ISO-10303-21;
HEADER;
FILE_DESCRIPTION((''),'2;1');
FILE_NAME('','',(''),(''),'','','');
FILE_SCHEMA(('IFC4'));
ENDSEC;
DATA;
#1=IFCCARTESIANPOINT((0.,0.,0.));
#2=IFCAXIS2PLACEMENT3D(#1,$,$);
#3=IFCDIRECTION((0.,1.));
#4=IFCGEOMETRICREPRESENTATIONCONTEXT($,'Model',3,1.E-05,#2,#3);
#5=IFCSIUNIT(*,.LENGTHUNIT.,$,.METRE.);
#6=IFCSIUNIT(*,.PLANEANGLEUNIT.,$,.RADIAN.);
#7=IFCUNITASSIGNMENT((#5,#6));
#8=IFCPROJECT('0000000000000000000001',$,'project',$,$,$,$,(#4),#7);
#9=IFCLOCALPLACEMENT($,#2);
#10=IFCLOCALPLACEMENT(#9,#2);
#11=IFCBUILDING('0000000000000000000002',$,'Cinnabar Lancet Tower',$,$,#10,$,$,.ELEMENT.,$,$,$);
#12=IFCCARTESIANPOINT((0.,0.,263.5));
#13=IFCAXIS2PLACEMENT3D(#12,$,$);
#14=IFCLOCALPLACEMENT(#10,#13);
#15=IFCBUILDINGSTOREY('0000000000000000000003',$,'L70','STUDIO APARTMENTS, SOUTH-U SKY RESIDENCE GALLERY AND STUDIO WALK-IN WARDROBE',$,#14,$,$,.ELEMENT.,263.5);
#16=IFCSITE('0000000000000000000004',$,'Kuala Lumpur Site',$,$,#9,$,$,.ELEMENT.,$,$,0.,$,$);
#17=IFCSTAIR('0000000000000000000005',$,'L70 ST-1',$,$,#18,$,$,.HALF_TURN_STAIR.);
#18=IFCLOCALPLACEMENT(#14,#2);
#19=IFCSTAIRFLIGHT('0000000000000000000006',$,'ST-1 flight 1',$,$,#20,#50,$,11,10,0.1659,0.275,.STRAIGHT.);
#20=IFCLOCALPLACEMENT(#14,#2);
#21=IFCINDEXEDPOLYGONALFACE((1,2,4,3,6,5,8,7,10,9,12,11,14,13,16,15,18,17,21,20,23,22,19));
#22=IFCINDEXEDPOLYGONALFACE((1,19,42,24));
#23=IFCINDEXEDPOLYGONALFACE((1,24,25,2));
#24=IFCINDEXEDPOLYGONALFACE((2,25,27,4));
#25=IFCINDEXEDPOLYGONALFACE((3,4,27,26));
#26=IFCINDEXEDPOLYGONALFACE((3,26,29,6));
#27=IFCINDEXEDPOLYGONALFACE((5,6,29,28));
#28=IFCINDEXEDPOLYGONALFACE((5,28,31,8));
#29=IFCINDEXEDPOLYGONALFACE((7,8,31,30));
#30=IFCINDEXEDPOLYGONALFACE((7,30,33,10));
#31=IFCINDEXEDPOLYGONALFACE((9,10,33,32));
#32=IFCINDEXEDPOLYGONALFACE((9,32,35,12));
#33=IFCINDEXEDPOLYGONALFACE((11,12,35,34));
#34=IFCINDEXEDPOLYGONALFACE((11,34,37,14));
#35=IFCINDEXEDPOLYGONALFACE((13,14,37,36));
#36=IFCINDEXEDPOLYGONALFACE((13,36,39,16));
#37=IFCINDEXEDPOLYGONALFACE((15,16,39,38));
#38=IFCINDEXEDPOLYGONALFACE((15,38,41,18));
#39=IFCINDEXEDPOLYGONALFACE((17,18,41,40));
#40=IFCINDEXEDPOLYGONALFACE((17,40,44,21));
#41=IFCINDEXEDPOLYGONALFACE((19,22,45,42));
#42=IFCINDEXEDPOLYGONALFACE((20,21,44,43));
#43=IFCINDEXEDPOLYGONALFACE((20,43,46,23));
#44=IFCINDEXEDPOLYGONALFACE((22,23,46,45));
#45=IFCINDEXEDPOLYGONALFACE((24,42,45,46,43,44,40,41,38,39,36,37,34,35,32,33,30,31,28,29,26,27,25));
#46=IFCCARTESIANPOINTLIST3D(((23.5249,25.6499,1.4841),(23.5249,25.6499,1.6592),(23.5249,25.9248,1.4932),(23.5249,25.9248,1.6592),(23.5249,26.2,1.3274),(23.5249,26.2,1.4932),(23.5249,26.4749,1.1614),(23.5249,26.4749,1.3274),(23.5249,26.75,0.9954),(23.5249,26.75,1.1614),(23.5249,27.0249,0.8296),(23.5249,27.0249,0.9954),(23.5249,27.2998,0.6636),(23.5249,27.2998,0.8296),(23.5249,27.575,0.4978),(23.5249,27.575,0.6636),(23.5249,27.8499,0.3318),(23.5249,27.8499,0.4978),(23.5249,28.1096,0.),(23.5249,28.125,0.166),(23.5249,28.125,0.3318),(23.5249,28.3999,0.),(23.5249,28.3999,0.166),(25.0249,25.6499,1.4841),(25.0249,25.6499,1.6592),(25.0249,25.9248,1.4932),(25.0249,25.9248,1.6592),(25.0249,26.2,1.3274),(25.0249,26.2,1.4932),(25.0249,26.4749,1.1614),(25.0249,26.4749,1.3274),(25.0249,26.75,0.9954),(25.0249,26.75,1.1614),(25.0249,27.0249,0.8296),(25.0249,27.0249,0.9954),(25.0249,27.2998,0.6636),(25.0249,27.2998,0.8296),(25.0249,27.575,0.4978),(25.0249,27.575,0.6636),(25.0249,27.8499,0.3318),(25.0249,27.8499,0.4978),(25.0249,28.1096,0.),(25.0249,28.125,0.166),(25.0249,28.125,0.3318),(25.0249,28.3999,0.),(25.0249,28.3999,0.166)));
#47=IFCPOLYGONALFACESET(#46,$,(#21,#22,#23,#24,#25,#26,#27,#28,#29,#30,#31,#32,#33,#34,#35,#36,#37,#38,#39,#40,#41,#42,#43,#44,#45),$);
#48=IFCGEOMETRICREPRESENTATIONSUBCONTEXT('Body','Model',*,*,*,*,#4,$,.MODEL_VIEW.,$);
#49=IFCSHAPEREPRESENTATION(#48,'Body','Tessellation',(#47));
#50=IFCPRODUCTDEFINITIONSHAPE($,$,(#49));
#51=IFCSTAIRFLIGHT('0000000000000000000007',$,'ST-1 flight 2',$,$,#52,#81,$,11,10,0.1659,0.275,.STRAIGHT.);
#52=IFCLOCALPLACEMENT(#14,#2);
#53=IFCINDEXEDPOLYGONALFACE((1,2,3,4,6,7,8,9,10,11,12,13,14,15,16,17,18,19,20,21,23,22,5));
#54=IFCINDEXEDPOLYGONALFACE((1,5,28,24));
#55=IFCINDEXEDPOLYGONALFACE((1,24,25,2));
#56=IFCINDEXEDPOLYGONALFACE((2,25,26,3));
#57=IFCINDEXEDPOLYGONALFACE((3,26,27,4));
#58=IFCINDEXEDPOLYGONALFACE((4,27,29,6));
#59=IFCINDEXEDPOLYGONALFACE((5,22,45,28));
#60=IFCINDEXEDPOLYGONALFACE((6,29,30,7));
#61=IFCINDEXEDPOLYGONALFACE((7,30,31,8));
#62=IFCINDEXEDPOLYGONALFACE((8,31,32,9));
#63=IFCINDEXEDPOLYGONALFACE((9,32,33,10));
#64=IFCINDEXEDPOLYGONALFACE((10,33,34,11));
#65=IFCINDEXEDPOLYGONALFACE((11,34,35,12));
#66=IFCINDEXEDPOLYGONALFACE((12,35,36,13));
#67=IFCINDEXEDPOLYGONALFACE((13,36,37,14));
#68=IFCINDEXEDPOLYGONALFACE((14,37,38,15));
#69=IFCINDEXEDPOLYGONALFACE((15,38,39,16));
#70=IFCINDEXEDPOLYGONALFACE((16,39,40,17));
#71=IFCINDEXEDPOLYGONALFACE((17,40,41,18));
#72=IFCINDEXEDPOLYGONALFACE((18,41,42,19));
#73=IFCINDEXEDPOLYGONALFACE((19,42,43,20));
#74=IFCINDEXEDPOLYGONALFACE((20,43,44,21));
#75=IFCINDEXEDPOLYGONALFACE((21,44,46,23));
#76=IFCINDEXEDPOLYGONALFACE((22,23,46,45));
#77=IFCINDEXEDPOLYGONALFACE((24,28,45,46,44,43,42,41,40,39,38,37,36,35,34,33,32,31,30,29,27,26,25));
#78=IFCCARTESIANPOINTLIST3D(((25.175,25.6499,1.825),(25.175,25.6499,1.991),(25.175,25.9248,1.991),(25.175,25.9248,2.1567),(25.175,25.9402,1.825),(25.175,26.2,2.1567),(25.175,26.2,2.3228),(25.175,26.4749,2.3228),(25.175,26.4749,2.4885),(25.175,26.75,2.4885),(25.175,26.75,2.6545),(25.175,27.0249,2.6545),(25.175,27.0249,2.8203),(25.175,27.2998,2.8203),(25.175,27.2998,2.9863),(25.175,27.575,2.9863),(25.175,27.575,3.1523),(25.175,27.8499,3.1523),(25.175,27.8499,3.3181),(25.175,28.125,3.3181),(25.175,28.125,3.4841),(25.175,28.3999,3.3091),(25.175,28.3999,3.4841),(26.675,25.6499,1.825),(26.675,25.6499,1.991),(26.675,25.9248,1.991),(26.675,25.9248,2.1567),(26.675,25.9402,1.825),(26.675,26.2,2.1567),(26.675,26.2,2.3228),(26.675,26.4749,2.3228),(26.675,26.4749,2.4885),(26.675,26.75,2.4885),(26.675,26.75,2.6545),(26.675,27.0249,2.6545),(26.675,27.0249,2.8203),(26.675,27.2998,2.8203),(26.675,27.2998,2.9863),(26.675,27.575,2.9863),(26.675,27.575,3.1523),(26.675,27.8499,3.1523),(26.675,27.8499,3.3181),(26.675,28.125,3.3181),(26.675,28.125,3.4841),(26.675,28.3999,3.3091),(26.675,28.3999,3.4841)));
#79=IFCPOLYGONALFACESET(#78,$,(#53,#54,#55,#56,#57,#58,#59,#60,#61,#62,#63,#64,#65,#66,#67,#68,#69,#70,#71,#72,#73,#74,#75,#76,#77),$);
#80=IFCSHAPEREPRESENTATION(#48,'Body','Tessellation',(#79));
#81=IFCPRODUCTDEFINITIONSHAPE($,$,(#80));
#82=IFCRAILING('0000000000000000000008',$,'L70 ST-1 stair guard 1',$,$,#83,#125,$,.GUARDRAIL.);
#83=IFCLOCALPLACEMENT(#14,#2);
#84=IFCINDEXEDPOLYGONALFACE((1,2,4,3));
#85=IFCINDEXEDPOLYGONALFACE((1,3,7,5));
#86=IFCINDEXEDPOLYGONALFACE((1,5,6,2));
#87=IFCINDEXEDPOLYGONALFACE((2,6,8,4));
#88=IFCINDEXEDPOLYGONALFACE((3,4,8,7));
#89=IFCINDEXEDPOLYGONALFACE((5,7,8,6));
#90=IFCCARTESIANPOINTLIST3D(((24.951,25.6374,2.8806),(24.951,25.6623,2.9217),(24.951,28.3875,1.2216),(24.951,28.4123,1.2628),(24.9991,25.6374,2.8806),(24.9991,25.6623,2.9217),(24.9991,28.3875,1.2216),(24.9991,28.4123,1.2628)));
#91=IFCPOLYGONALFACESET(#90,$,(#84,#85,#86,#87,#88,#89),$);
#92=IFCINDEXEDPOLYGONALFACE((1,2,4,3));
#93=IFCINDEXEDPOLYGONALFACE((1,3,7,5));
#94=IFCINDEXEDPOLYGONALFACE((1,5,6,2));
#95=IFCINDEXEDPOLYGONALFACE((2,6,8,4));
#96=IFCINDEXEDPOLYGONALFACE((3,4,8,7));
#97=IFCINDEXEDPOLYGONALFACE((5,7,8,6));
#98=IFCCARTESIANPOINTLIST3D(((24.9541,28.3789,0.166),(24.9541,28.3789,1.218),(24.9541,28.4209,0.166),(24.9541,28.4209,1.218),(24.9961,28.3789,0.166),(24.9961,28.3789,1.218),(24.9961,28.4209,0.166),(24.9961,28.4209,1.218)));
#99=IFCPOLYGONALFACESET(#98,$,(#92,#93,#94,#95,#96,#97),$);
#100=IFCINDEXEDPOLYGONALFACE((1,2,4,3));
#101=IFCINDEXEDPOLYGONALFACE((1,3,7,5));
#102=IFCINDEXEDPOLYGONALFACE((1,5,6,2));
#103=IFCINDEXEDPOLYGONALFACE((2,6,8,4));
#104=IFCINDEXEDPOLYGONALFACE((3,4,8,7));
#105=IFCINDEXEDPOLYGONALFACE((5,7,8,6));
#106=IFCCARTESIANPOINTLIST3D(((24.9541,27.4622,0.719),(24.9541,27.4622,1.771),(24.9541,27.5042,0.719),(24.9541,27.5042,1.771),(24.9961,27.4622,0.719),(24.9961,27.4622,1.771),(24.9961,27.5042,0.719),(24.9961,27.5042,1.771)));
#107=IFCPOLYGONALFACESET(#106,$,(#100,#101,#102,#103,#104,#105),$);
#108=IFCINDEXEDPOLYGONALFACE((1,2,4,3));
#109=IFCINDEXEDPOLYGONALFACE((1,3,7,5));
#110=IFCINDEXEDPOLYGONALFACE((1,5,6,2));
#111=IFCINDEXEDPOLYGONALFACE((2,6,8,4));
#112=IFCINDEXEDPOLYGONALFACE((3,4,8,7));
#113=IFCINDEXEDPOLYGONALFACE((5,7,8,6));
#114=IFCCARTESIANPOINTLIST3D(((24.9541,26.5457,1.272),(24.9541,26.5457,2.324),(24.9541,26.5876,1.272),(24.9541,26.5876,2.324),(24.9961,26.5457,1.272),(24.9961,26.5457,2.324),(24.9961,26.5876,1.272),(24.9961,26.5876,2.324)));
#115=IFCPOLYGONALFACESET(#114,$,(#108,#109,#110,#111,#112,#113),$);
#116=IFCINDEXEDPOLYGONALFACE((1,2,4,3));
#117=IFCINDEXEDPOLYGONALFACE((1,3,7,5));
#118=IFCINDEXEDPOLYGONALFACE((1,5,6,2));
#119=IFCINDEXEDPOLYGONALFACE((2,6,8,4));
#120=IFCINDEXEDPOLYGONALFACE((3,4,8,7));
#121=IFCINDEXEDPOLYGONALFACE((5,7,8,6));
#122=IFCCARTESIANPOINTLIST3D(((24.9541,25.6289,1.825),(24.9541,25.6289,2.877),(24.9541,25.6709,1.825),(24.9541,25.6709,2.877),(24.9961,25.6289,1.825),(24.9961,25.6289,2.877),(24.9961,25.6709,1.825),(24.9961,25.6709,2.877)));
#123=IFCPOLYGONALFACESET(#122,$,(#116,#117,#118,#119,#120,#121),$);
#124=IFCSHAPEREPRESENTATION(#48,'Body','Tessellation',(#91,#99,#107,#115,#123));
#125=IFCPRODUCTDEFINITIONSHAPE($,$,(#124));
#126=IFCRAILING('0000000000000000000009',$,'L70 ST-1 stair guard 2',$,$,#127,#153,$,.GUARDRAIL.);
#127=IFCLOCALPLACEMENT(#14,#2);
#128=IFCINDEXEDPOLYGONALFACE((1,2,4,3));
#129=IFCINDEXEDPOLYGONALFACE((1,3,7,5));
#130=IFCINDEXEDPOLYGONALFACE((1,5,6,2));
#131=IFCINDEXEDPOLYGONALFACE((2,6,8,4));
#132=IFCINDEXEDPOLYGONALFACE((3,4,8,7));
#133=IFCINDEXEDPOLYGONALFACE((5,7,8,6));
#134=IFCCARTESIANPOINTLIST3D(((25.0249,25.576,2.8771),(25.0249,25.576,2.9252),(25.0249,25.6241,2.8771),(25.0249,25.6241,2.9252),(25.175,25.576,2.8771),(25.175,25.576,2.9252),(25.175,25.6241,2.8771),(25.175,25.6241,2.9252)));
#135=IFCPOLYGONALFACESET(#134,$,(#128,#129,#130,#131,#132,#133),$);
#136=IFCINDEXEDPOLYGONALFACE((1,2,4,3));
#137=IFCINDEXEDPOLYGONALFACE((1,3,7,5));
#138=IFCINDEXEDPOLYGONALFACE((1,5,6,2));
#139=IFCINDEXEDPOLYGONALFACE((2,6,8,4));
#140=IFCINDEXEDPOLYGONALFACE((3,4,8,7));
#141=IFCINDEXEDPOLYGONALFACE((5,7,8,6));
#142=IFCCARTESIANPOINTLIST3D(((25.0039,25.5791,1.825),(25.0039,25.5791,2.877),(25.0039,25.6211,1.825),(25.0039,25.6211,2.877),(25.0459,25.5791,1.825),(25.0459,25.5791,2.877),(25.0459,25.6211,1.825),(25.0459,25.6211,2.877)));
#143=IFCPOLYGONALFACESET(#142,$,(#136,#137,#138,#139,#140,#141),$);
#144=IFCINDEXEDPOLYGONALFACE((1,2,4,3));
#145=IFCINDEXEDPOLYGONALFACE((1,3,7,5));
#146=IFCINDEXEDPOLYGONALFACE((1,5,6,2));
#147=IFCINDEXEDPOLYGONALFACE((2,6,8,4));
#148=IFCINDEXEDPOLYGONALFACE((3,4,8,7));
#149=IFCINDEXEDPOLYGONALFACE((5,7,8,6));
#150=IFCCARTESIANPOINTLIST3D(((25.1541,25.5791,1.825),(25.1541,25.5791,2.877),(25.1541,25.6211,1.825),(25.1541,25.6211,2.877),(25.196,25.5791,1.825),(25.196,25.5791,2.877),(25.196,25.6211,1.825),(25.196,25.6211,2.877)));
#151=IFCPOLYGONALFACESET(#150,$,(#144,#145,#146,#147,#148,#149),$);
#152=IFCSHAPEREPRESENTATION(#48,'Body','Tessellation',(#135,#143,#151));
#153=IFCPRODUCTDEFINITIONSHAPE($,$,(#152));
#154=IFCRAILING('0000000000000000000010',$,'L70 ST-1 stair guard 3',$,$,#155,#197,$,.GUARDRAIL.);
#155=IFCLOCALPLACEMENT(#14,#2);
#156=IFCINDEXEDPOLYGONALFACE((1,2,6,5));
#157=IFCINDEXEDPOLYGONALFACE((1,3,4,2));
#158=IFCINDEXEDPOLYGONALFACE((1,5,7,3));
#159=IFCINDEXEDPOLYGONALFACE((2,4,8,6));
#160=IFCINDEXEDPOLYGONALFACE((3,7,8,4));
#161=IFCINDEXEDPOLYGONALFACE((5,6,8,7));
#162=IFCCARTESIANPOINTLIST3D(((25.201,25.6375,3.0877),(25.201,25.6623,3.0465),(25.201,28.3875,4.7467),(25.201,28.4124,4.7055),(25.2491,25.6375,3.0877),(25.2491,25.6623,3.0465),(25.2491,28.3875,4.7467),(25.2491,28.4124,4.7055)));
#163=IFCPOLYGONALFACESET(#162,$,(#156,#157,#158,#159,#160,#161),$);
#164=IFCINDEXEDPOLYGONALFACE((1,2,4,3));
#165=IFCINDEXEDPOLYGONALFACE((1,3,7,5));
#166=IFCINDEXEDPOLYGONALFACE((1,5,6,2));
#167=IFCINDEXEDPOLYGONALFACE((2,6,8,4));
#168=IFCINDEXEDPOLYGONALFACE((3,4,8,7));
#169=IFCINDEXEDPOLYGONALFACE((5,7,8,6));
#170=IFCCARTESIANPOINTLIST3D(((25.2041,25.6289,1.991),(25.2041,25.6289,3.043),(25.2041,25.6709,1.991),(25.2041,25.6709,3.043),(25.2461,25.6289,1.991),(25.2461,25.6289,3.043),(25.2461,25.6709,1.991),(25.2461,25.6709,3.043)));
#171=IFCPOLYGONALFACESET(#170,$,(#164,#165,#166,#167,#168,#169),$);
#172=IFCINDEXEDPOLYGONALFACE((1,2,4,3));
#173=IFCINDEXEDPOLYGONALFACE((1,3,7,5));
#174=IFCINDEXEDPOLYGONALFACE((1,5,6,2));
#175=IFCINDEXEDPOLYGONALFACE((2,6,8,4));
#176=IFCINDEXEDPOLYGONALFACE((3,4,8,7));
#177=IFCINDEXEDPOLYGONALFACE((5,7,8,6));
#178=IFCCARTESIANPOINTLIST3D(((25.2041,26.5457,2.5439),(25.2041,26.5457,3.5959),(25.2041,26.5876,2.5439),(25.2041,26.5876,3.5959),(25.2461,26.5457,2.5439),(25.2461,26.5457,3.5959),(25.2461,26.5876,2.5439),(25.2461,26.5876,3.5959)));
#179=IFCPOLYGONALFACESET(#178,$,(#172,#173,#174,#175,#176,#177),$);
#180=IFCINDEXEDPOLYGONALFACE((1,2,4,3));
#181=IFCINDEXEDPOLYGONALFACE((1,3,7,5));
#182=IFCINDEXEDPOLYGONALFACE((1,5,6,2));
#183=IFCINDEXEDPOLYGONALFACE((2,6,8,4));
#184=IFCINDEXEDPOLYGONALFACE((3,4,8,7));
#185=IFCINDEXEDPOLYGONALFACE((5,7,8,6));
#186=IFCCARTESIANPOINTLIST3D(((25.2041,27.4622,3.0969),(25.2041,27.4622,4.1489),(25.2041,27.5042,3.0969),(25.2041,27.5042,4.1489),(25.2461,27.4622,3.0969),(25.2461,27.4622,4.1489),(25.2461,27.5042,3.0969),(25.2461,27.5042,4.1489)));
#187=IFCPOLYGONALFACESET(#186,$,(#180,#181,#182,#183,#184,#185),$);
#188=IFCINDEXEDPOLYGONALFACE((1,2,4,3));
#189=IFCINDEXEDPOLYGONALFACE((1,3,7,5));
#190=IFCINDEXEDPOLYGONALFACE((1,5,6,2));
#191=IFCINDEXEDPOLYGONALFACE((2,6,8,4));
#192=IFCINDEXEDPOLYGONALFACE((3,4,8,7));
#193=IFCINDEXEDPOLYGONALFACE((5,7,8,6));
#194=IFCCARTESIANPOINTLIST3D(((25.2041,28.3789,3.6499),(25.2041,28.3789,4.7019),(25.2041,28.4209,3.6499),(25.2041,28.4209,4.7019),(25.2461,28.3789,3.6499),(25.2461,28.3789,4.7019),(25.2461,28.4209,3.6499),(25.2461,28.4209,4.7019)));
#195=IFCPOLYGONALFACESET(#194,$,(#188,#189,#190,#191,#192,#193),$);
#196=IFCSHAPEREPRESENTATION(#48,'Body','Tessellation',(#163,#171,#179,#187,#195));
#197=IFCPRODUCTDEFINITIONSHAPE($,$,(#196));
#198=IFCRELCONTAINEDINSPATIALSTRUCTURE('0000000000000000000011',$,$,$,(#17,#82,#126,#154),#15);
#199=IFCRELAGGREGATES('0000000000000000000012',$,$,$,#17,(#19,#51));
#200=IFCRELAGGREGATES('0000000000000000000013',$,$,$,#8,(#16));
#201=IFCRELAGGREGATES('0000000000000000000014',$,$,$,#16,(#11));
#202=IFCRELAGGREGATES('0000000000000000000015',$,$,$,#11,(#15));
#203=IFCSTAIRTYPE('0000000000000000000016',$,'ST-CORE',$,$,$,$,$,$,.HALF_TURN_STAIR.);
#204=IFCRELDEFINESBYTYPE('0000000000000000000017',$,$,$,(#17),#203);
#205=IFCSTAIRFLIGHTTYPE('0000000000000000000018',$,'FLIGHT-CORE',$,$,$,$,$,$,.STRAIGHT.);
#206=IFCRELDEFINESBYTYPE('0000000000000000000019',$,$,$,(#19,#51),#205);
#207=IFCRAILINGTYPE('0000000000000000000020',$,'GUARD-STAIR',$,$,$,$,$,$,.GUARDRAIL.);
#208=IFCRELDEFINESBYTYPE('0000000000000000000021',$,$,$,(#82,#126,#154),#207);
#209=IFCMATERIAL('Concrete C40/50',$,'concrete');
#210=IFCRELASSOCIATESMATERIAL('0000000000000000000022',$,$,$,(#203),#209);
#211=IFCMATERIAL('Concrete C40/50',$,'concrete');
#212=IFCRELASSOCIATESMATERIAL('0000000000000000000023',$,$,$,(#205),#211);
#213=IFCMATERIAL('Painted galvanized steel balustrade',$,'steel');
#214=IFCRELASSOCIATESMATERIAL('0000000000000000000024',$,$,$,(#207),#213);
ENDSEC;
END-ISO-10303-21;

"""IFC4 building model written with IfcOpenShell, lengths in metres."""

from ifc_helpers import new_model, si_unit, direction, frame, origin, origin_2d, place, context, subcontext, project, spatial, polyline, rectangle, outline, extrude, material, type_object, element, aggregate, save


model = new_model("IFC4")

# Units and contexts
model_context = context("Model", 3, precision=1e-05, world=origin(), true_north=direction((0.0, 1.0)))
body_context = subcontext(model_context, "Body", "Model", "MODEL_VIEW")
ifc_project = project(units=[si_unit("LENGTHUNIT", "METRE"), si_unit("PLANEANGLEUNIT", "RADIAN")], contexts=[model_context])

# Site, building, storey
site_placement = place(None, origin())
site = spatial("IfcSite", under=ifc_project, at=site_placement, Name="Kuala Lumpur Site", CompositionType="ELEMENT", RefElevation=0.0)
building_placement = place(site_placement, origin())
building = spatial("IfcBuilding", under=site, at=building_placement, Name="Cinnabar Lancet Tower", CompositionType="ELEMENT")
storey_placement = place(building_placement, frame((0.0, 0.0, 263.5)))
storey = spatial("IfcBuildingStorey", under=building, at=storey_placement, Name="L70", Description="STUDIO APARTMENTS, SOUTH-U SKY RESIDENCE GALLERY AND STUDIO WALK-IN WARDROBE", CompositionType="ELEMENT", Elevation=263.5)

# Stair, stair flights
ifc_material_1 = material(Name="Concrete C40/50", Category="concrete")
stair_type = type_object("IfcStairType", Name="ST-CORE", PredefinedType="HALF_TURN_STAIR", material=ifc_material_1)
stair_placement = place(storey_placement, origin())
stair = element("IfcStair", 1, at=stair_placement, inside=storey, type_object=stair_type, Name="L70 ST-1", PredefinedType="HALF_TURN_STAIR")
ifc_material_2 = material(Name="Concrete C40/50", Category="concrete")
stair_flight_type = type_object("IfcStairFlightType", Name="FLIGHT-CORE", PredefinedType="STRAIGHT", material=ifc_material_2)
stair_flight_1_placement = place(storey_placement, frame((24.2749, 28.3999, 0.0), z_axis=(0.0, 0.0, 1.0), x_axis=(0.0, -1.0, 0.0)))
stair_flight_1 = element("IfcStairFlight", 2, at=stair_flight_1_placement, type_object=stair_flight_type, Name="ST-1 flight 1", NumberOfRisers=11, NumberOfTreads=10, PredefinedType="STRAIGHT", RiserHeight=0.1659, TreadLength=0.275, context=body_context, shape_type="SweptSolid", body=[
    extrude(outline(polyline([(0.0, 0.0), (0.0, 0.166), (0.2749, 0.166), (0.2749, 0.3318), (0.55, 0.3318), (0.55, 0.4978), (0.825, 0.4978), (0.825, 0.6636), (1.1001, 0.6636), (1.1001, 0.8296), (1.375, 0.8296), (1.375, 0.9954), (1.6499, 0.9954), (1.6499, 1.1614), (1.925, 1.1614), (1.925, 1.3274), (2.2, 1.3274), (2.2, 1.4932), (2.4751, 1.4932), (2.4751, 1.6592), (2.75, 1.6592), (2.75, 1.825), (2.75, 1.4841), (0.2903, 0.0), (0.0, 0.0)])), frame((0.0, 0.75, 0.0), z_axis=(0.0, -1.0, 0.0), x_axis=(1.0, 0.0, 0.0)), (0.0, 0.0, 1.0), 1.5),
])
stair_flight_2_placement = place(storey_placement, frame((25.925, 25.6499, 1.825), z_axis=(0.0, 0.0, 1.0), x_axis=(0.0, 1.0, 0.0)))
stair_flight_2 = element("IfcStairFlight", 3, at=stair_flight_2_placement, type_object=stair_flight_type, Name="ST-1 flight 2", NumberOfRisers=11, NumberOfTreads=10, PredefinedType="STRAIGHT", RiserHeight=0.1659, TreadLength=0.275, context=body_context, shape_type="SweptSolid", body=[
    extrude(outline(polyline([(0.0, 0.0), (0.0, 0.166), (0.2749, 0.166), (0.2749, 0.3318), (0.55, 0.3318), (0.55, 0.4978), (0.825, 0.4978), (0.825, 0.6636), (1.1001, 0.6636), (1.1001, 0.8296), (1.375, 0.8296), (1.375, 0.9954), (1.6499, 0.9954), (1.6499, 1.1614), (1.925, 1.1614), (1.925, 1.3274), (2.2, 1.3274), (2.2, 1.4932), (2.4751, 1.4932), (2.4751, 1.6592), (2.75, 1.6592), (2.75, 1.825), (2.75, 1.4841), (0.2903, 0.0), (0.0, 0.0)])), frame((0.0, 0.75, 0.0), z_axis=(0.0, -1.0, 0.0), x_axis=(1.0, 0.0, 0.0)), (0.0, 0.0, 1.0), 1.5),
])
aggregate(stair, [stair_flight_1, stair_flight_2])

# Railings
ifc_material_3 = material(Name="Painted galvanized steel balustrade", Category="steel")
railing_type_1 = type_object("IfcRailingType", Name="GUARD-STAIR", PredefinedType="GUARDRAIL", material=ifc_material_3)
railing_1_placement = place(storey_placement, frame((24.9751, 28.3999, 0.166)))
element("IfcRailing", 4, at=railing_1_placement, inside=storey, type_object=railing_type_1, Name="L70 ST-1 stair guard 1", PredefinedType="GUARDRAIL", context=body_context, shape_type="SweptSolid", body=[
    extrude(rectangle(XDim=0.0481, YDim=0.0481, at=origin_2d()), frame((0.0, 0.0, 1.0762), z_axis=(0.0, -0.856263, 0.51654), x_axis=(1.0, 0.0, 0.0)), (0.0, 0.0, 1.0), 3.2117),
    extrude(rectangle(XDim=0.042, YDim=0.042, at=origin_2d()), origin(), (0.0, 0.0, 1.0), 1.052),
    extrude(rectangle(XDim=0.042, YDim=0.042, at=origin_2d()), frame((0.0, -0.9167, 0.553)), (0.0, 0.0, 1.0), 1.052),
    extrude(rectangle(XDim=0.042, YDim=0.042, at=origin_2d()), frame((0.0, -1.8333, 1.106)), (0.0, 0.0, 1.0), 1.052),
    extrude(rectangle(XDim=0.042, YDim=0.042, at=origin_2d()), frame((0.0, -2.75, 1.6589)), (0.0, 0.0, 1.0), 1.052),
])
railing_2_placement = place(storey_placement, frame((25.0249, 25.6001, 1.825)))
element("IfcRailing", 5, at=railing_2_placement, inside=storey, type_object=railing_type_1, Name="L70 ST-1 stair guard 2", PredefinedType="GUARDRAIL", context=body_context, shape_type="SweptSolid", body=[
    extrude(rectangle(XDim=0.0481, YDim=0.0481, at=origin_2d()), frame((0.0, 0.0, 1.0762), z_axis=(1.0, 0.0, 0.0), x_axis=(0.0, 1.0, 0.0)), (0.0, 0.0, 1.0), 0.1501),
    extrude(rectangle(XDim=0.042, YDim=0.042, at=origin_2d()), origin(), (0.0, 0.0, 1.0), 1.052),
    extrude(rectangle(XDim=0.042, YDim=0.042, at=origin_2d()), frame((0.1501, 0.0, 0.0)), (0.0, 0.0, 1.0), 1.052),
])
railing_3_placement = place(storey_placement, frame((25.2251, 25.6499, 1.991)))
element("IfcRailing", 6, at=railing_3_placement, inside=storey, type_object=railing_type_1, Name="L70 ST-1 stair guard 3", PredefinedType="GUARDRAIL", context=body_context, shape_type="SweptSolid", body=[
    extrude(rectangle(XDim=0.0481, YDim=0.0481, at=origin_2d()), frame((0.0, 0.0, 1.0762), z_axis=(0.0, 0.856263, 0.51654), x_axis=(-1.0, 0.0, 0.0)), (0.0, 0.0, 1.0), 3.2117),
    extrude(rectangle(XDim=0.042, YDim=0.042, at=origin_2d()), origin(), (0.0, 0.0, 1.0), 1.052),
    extrude(rectangle(XDim=0.042, YDim=0.042, at=origin_2d()), frame((0.0, 0.9167, 0.553)), (0.0, 0.0, 1.0), 1.052),
    extrude(rectangle(XDim=0.042, YDim=0.042, at=origin_2d()), frame((0.0, 1.8333, 1.106)), (0.0, 0.0, 1.0), 1.052),
    extrude(rectangle(XDim=0.042, YDim=0.042, at=origin_2d()), frame((0.0, 2.75, 1.6589)), (0.0, 0.0, 1.0), 1.052),
])

save(model, "model.ifc")
